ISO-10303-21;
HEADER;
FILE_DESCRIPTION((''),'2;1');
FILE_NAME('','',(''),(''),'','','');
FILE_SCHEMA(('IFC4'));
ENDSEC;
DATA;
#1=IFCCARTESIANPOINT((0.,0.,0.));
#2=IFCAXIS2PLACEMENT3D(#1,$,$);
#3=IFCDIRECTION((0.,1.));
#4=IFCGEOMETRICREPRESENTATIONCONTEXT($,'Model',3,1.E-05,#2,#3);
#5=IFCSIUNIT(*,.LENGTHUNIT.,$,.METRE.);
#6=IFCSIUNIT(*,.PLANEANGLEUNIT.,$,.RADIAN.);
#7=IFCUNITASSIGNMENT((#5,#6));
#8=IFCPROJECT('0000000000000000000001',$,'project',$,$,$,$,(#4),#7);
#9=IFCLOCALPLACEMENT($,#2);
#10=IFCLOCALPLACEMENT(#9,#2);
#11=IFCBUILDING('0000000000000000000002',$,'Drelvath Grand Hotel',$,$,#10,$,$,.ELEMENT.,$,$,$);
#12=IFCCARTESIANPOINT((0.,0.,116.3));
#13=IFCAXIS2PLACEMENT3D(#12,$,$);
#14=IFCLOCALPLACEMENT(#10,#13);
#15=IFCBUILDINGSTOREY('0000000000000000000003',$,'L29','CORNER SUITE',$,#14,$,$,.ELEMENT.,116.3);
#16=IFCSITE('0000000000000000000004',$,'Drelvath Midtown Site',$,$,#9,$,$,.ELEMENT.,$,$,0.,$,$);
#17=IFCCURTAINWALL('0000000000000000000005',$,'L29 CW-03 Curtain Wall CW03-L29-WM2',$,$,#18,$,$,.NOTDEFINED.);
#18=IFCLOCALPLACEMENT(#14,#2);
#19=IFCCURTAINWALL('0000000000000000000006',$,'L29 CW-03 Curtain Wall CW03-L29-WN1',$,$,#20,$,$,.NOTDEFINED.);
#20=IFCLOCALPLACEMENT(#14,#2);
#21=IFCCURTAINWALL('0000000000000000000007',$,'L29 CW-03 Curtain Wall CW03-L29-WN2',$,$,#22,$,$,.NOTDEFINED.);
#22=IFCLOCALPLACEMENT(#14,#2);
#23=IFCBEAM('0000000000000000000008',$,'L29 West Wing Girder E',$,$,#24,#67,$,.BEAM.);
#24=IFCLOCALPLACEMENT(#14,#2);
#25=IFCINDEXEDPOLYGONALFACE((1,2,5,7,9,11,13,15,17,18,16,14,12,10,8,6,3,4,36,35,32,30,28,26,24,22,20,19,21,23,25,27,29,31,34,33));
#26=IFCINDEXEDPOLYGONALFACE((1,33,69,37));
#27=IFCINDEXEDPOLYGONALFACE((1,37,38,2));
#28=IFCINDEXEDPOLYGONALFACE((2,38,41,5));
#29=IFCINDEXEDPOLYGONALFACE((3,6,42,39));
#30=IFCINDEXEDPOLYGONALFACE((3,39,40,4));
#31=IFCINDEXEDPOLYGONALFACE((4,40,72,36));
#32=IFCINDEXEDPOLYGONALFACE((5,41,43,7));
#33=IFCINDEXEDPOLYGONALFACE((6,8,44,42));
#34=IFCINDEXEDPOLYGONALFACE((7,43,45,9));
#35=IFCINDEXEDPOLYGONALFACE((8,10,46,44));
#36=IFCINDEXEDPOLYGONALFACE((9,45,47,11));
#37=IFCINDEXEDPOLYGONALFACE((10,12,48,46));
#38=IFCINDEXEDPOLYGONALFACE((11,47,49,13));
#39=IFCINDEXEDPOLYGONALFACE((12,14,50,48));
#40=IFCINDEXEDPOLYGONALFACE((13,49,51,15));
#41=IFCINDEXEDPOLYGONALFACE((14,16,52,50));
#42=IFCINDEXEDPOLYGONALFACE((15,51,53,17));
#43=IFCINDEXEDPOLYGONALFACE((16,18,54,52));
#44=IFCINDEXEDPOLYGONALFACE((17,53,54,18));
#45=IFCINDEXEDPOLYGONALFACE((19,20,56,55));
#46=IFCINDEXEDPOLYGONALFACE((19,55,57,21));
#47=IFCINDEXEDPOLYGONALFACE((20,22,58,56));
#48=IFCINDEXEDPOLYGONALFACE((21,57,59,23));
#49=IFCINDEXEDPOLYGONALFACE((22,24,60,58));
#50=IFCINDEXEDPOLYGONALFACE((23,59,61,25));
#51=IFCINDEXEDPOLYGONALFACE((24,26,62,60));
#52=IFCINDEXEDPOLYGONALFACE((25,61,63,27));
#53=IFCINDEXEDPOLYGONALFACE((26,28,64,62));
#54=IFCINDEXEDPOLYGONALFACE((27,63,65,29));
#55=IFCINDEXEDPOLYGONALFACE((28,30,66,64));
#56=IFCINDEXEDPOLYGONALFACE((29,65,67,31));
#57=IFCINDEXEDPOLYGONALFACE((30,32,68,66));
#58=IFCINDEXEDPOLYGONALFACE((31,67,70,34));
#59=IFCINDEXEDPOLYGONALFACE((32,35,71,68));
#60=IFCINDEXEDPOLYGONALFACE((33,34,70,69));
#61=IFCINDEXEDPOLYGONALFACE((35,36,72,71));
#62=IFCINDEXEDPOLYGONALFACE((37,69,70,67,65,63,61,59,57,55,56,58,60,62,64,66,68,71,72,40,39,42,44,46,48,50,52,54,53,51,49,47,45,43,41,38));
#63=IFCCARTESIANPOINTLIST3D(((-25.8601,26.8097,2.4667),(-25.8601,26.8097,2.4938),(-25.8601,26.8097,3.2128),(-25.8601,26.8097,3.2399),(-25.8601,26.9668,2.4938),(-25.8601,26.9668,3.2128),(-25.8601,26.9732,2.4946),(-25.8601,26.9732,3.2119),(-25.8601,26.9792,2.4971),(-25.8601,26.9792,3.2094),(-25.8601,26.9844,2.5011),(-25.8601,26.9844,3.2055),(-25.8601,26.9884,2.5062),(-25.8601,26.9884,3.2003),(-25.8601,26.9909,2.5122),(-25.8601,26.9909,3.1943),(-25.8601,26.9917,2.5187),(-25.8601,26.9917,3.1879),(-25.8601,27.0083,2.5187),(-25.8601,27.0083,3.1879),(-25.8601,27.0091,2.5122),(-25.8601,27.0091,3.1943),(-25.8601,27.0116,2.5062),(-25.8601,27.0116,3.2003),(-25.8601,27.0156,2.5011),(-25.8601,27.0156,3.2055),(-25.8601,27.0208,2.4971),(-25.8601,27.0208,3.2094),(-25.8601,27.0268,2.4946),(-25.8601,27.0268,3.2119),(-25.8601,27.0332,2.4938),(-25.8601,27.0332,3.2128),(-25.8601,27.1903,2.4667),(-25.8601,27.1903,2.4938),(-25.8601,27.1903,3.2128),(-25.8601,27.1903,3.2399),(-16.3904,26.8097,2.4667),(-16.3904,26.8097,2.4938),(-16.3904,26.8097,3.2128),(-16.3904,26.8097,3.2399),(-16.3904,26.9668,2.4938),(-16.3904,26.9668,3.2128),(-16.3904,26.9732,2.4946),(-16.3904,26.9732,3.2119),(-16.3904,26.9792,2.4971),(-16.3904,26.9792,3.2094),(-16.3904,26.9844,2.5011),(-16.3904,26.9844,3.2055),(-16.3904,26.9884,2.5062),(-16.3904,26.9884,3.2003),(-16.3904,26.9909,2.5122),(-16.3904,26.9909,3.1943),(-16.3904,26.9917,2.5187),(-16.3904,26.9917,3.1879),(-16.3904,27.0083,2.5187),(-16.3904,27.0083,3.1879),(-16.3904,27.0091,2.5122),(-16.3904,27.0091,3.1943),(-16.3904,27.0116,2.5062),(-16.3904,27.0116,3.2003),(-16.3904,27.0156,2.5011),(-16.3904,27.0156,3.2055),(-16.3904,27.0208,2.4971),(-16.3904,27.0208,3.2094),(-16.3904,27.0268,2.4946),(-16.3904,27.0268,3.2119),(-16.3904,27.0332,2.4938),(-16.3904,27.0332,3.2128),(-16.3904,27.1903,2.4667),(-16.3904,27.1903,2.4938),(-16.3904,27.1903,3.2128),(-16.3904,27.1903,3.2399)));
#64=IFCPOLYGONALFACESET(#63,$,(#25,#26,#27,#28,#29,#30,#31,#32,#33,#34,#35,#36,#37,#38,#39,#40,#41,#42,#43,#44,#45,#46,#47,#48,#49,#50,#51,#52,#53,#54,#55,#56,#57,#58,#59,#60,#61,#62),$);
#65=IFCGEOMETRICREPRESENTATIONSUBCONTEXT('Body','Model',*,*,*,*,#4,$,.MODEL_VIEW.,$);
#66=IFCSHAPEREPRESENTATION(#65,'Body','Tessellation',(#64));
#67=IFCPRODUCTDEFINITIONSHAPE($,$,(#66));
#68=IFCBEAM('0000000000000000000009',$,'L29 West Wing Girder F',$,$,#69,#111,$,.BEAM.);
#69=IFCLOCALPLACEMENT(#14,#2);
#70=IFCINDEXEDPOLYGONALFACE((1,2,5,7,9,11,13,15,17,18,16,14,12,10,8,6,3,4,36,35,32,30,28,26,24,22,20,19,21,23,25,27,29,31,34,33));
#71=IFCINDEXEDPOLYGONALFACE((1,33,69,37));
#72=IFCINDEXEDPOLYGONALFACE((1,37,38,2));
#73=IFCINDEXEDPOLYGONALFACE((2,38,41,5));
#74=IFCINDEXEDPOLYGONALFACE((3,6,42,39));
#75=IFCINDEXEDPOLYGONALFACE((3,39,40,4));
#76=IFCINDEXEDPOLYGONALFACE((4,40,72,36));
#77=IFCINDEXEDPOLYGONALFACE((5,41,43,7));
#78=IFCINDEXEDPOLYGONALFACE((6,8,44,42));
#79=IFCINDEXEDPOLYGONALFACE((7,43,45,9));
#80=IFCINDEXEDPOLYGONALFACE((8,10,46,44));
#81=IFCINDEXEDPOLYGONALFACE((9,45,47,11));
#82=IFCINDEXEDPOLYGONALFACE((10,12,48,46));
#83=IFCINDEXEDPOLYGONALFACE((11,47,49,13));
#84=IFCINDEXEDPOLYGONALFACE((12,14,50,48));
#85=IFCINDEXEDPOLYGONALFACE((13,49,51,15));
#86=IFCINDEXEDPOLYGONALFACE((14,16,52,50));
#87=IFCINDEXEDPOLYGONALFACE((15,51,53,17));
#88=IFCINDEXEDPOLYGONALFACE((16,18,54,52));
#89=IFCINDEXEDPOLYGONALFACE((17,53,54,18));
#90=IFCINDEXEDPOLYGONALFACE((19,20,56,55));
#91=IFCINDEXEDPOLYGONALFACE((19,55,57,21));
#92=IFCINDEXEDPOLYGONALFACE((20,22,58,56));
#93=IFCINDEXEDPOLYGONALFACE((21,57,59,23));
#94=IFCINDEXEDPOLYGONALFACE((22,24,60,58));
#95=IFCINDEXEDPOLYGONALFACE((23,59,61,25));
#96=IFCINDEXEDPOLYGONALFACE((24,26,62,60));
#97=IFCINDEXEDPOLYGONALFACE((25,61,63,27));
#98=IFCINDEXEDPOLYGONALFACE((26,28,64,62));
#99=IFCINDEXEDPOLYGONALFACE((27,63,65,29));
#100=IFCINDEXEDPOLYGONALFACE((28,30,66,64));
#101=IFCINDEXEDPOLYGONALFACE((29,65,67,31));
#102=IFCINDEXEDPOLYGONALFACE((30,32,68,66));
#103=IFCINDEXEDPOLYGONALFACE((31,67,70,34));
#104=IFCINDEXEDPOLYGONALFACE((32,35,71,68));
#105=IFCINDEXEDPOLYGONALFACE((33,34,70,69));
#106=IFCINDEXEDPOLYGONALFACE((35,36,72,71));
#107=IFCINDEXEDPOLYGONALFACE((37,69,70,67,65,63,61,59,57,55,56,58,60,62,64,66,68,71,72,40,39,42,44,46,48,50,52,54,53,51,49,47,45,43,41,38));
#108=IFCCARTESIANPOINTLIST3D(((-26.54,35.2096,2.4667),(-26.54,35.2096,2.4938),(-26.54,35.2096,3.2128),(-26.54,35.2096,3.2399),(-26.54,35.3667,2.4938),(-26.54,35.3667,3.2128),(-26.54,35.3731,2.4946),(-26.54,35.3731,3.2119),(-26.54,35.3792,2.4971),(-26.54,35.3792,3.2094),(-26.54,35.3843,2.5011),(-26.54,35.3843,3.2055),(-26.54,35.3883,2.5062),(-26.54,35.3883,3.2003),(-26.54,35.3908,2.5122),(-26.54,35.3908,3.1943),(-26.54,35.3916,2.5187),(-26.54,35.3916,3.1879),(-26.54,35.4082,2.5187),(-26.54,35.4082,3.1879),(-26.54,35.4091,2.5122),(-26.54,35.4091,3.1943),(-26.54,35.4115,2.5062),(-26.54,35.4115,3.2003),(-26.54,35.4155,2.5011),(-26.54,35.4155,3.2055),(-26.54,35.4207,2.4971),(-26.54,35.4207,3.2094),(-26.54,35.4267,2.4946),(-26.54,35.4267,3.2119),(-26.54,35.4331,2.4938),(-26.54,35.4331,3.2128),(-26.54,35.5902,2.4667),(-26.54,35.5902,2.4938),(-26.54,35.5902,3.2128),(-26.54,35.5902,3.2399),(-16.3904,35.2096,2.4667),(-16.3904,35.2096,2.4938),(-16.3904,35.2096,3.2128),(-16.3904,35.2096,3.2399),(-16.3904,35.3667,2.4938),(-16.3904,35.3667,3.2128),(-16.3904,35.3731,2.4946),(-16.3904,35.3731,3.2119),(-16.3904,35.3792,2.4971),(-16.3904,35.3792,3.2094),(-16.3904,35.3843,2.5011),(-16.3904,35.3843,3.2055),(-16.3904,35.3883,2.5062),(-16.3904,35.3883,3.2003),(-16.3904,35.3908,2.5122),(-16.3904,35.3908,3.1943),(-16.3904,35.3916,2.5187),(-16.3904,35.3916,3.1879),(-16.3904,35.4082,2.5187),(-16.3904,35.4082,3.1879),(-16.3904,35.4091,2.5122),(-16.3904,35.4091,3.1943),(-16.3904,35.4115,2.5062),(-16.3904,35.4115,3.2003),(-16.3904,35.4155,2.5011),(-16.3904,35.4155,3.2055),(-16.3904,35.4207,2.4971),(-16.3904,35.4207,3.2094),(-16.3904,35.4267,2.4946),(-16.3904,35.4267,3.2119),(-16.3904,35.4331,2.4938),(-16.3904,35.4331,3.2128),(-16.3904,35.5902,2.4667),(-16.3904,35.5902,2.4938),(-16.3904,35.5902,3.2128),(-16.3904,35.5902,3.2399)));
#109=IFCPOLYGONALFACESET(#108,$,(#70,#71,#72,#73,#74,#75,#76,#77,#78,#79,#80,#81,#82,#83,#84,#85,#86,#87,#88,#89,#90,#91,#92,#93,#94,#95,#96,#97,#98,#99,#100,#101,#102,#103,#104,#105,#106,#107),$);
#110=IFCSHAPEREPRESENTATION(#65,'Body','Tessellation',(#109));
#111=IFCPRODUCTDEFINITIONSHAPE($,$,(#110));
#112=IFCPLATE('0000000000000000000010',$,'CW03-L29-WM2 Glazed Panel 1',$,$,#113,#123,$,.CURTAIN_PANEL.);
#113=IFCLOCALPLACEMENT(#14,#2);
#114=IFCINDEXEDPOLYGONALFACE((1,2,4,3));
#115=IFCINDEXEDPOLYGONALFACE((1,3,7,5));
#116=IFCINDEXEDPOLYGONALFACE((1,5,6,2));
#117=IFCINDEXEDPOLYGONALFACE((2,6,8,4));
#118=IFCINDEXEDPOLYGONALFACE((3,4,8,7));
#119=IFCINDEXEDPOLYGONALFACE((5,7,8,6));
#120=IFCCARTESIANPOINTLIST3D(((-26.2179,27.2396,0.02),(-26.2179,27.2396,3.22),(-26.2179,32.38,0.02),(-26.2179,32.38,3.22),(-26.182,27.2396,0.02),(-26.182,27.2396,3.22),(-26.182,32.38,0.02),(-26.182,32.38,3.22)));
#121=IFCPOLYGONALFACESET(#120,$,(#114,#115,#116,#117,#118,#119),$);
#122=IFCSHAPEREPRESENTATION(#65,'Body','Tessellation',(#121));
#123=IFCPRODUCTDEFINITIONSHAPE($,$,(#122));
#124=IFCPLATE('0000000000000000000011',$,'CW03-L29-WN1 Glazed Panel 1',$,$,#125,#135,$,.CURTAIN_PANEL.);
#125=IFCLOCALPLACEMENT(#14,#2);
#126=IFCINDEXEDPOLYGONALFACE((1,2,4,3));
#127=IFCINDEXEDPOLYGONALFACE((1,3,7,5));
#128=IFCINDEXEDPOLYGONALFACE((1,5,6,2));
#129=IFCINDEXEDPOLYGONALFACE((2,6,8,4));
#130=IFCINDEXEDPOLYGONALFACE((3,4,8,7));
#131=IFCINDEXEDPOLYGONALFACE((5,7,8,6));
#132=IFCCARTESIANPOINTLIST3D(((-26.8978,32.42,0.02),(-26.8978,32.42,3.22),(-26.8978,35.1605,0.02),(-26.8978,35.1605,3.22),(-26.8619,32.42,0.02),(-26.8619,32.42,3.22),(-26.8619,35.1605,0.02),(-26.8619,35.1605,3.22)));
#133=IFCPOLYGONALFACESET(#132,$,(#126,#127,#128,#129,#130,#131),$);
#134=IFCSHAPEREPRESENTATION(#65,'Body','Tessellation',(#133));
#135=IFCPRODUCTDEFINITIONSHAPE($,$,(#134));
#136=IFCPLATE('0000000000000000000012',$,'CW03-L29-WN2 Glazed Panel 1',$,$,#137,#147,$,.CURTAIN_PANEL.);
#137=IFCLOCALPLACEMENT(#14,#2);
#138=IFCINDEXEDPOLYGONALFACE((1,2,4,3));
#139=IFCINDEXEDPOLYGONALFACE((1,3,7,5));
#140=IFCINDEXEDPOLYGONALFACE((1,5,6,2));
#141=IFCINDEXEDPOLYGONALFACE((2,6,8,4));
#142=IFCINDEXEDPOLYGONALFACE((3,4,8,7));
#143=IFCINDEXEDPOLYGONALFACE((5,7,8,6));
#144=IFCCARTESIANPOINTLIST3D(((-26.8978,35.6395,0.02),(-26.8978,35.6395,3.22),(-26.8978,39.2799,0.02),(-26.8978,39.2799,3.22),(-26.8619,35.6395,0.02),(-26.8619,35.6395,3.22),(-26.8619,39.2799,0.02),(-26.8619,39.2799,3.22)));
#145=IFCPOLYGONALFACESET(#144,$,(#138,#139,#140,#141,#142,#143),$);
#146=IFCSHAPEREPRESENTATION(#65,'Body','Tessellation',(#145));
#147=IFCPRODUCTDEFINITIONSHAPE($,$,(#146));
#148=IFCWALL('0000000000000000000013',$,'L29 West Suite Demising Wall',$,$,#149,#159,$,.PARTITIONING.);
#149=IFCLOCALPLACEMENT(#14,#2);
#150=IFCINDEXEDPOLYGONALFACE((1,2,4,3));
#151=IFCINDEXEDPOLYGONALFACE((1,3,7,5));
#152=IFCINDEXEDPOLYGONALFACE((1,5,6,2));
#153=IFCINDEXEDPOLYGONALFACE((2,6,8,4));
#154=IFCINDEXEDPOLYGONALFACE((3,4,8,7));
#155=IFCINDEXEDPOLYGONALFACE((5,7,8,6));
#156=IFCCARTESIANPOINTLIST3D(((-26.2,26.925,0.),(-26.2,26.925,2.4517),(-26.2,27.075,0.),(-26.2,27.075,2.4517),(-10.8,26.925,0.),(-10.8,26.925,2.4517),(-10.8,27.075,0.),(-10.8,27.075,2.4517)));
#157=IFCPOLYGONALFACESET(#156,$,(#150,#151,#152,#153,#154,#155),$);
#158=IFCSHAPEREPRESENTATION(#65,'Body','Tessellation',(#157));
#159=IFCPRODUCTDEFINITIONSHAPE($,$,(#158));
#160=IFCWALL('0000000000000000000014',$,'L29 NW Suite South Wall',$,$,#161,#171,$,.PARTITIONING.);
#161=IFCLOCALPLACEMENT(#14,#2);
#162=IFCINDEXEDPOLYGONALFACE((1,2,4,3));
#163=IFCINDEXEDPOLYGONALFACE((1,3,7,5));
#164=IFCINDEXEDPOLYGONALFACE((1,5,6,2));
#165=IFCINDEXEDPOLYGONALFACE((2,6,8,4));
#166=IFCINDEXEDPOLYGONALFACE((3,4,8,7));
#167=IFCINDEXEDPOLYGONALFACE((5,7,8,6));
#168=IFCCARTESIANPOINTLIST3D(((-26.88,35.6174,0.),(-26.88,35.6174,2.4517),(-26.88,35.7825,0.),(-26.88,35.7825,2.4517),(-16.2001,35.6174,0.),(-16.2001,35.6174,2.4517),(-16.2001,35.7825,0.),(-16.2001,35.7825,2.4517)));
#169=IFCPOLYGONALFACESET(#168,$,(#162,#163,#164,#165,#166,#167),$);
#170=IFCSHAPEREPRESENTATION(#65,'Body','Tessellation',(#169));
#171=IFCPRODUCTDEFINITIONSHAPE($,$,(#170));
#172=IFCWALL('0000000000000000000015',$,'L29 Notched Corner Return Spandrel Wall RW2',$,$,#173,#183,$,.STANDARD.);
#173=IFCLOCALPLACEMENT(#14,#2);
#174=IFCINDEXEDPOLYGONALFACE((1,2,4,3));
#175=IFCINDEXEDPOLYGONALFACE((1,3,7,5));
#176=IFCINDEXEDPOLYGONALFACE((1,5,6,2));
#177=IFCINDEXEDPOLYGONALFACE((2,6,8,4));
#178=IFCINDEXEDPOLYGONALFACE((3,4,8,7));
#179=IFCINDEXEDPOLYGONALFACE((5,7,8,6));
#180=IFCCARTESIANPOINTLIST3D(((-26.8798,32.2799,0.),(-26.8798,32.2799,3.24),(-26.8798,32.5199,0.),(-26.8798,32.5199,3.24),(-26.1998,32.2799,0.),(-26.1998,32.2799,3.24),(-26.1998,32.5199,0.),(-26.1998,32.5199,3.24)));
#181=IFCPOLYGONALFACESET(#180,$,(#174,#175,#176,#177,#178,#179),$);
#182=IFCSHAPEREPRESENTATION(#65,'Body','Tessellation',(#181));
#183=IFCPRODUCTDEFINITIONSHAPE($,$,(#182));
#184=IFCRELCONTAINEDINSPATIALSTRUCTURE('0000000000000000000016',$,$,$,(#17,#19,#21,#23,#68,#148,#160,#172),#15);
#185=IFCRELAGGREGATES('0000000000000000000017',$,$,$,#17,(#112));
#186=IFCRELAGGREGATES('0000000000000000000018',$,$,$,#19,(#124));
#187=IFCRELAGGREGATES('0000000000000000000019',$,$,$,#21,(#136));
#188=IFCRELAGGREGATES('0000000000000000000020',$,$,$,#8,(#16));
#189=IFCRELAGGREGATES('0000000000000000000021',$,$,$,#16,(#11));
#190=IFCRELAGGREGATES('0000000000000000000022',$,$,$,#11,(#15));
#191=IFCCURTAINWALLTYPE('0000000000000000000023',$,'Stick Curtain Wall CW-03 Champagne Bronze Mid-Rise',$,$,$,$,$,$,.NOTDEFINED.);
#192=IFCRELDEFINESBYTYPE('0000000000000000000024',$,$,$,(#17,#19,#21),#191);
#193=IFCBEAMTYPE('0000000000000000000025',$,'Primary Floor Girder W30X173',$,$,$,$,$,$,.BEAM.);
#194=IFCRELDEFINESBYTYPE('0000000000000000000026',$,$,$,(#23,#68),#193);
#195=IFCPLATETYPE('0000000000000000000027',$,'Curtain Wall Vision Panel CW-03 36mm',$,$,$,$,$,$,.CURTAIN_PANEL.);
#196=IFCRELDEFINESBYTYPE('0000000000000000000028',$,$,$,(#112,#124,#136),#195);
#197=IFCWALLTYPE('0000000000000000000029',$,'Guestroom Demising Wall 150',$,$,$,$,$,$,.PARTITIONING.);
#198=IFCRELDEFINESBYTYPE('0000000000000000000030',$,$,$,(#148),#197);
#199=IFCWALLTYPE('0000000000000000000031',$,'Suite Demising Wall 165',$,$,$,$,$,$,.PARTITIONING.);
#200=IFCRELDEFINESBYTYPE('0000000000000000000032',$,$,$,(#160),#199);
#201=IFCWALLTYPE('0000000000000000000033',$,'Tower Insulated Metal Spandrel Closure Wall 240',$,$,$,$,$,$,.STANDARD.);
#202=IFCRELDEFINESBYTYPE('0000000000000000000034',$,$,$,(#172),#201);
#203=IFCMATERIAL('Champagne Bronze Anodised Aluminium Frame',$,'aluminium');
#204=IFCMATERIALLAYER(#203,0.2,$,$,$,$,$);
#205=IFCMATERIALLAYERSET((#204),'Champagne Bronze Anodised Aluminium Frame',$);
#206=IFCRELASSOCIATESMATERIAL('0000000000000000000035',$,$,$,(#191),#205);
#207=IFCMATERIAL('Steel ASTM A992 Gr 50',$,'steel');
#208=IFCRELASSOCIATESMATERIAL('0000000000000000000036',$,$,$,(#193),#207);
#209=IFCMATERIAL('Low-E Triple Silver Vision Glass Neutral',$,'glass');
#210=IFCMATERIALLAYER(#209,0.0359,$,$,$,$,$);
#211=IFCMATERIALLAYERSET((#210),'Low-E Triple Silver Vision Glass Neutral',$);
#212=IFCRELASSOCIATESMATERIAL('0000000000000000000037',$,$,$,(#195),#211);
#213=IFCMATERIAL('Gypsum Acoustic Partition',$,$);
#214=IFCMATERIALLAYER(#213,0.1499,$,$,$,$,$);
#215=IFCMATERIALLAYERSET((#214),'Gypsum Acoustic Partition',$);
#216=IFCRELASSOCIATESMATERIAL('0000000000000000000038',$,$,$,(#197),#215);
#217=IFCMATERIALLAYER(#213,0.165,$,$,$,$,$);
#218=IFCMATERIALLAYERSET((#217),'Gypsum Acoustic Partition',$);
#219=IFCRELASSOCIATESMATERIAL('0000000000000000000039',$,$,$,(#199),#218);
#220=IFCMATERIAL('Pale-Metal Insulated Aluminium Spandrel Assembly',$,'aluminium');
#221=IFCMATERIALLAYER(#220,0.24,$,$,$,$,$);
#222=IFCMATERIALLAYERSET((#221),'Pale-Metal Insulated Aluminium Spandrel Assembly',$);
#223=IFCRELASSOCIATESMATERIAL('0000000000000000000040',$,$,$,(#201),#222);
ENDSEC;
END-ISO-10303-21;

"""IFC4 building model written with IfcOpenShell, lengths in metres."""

from ifc_helpers import new_model, si_unit, direction, frame, frame_2d, origin, origin_2d, place, context, subcontext, project, spatial, rectangle, i_section, extrude, material, layer, layer_set, material_profile, profile_set, type_object, element, aggregate, save


model = new_model("IFC4")

# Units and contexts
model_context = context("Model", 3, precision=1e-05, world=origin(), true_north=direction((0.0, 1.0)))
body_context = subcontext(model_context, "Body", "Model", "MODEL_VIEW")
ifc_project = project(units=[si_unit("LENGTHUNIT", "METRE"), si_unit("PLANEANGLEUNIT", "RADIAN")], contexts=[model_context])

# Site, building, storey
site_placement = place(None, origin())
site = spatial("IfcSite", under=ifc_project, at=site_placement, Name="Drelvath Midtown Site", CompositionType="ELEMENT", RefElevation=0.0)
building_placement = place(site_placement, origin())
building = spatial("IfcBuilding", under=site, at=building_placement, Name="Drelvath Grand Hotel", CompositionType="ELEMENT")
storey_placement = place(building_placement, frame((0.0, 0.0, 116.3)))
storey = spatial("IfcBuildingStorey", under=building, at=storey_placement, Name="L29", Description="CORNER SUITE", CompositionType="ELEMENT", Elevation=116.3)

# Curtain walls
ifc_material_1 = material(Name="Champagne Bronze Anodised Aluminium Frame", Category="aluminium")
ifc_layer_1 = layer(ifc_material_1, 0.2)
ifc_layer_set_1 = layer_set([ifc_layer_1], Name="Champagne Bronze Anodised Aluminium Frame")
curtain_wall_type = type_object("IfcCurtainWallType", Name="Stick Curtain Wall CW-03 Champagne Bronze Mid-Rise", PredefinedType="NOTDEFINED", material=ifc_layer_set_1)
curtain_wall_1_placement = place(storey_placement, origin())
curtain_wall_1 = element("IfcCurtainWall", 1, at=curtain_wall_1_placement, inside=storey, type_object=curtain_wall_type, Name="L29 CW-03 Curtain Wall CW03-L29-WM2", PredefinedType="NOTDEFINED")
curtain_wall_2_placement = place(storey_placement, origin())
curtain_wall_2 = element("IfcCurtainWall", 2, at=curtain_wall_2_placement, inside=storey, type_object=curtain_wall_type, Name="L29 CW-03 Curtain Wall CW03-L29-WN1", PredefinedType="NOTDEFINED")
curtain_wall_3_placement = place(storey_placement, origin())
curtain_wall_3 = element("IfcCurtainWall", 3, at=curtain_wall_3_placement, inside=storey, type_object=curtain_wall_type, Name="L29 CW-03 Curtain Wall CW03-L29-WN2", PredefinedType="NOTDEFINED")

# Beams
ifc_material_2 = material(Name="Steel ASTM A992 Gr 50", Category="steel")
ifc_material_profile_1 = material_profile(ifc_material_2, i_section(OverallWidth=0.3806, OverallDepth=0.7732, WebThickness=0.0166, FlangeThickness=0.0271, FilletRadius=0.0249, at=origin_2d()), Name="W30X173")
ifc_profile_set_1 = profile_set([ifc_material_profile_1], Name="Steel ASTM A992 Gr 50")
beam_type_1 = type_object("IfcBeamType", Name="Primary Floor Girder W30X173", PredefinedType="BEAM", material=ifc_profile_set_1)
beam_1_placement = place(storey_placement, frame((-25.8601, 27.0, 2.8533), z_axis=(1.0, 0.0, 0.0), x_axis=(0.0, 1.0, 0.0)))
element("IfcBeam", 4, at=beam_1_placement, inside=storey, type_object=beam_type_1, Name="L29 West Wing Girder E", PredefinedType="BEAM", context=body_context, shape_type="SweptSolid", body=[
    extrude(i_section(OverallWidth=0.3806, OverallDepth=0.7732, WebThickness=0.0166, FlangeThickness=0.0271, FilletRadius=0.0249, at=origin_2d()), origin(), (0.0, 0.0, 1.0), 9.4697),
])
beam_2_placement = place(storey_placement, frame((-26.54, 35.3999, 2.8533), z_axis=(1.0, 0.0, 0.0), x_axis=(0.0, 1.0, 0.0)))
element("IfcBeam", 5, at=beam_2_placement, inside=storey, type_object=beam_type_1, Name="L29 West Wing Girder F", PredefinedType="BEAM", context=body_context, shape_type="SweptSolid", body=[
    extrude(i_section(OverallWidth=0.3806, OverallDepth=0.7732, WebThickness=0.0166, FlangeThickness=0.0271, FilletRadius=0.0249, at=origin_2d()), origin(), (0.0, 0.0, 1.0), 10.1497),
])

# Plates
ifc_material_3 = material(Name="Low-E Triple Silver Vision Glass Neutral", Category="glass")
ifc_layer_2 = layer(ifc_material_3, 0.0359)
ifc_layer_set_2 = layer_set([ifc_layer_2], Name="Low-E Triple Silver Vision Glass Neutral")
plate_type = type_object("IfcPlateType", Name="Curtain Wall Vision Panel CW-03 36mm", PredefinedType="CURTAIN_PANEL", material=ifc_layer_set_2)
plate_1_placement = place(storey_placement, frame((-26.2, 29.8098, 0.02), z_axis=(0.0, 0.0, 1.0), x_axis=(0.0, 1.0, 0.0)))
plate_1 = element("IfcPlate", 6, at=plate_1_placement, type_object=plate_type, Name="CW03-L29-WM2 Glazed Panel 1", PredefinedType="CURTAIN_PANEL", context=body_context, shape_type="SweptSolid", body=[
    extrude(rectangle(XDim=5.1404, YDim=0.0359, at=origin_2d()), origin(), (0.0, 0.0, 1.0), 3.2),
])
aggregate(curtain_wall_1, [plate_1])
plate_2_placement = place(storey_placement, frame((-26.8799, 33.7903, 0.02), z_axis=(0.0, 0.0, 1.0), x_axis=(0.0, 1.0, 0.0)))
plate_2 = element("IfcPlate", 7, at=plate_2_placement, type_object=plate_type, Name="CW03-L29-WN1 Glazed Panel 1", PredefinedType="CURTAIN_PANEL", context=body_context, shape_type="SweptSolid", body=[
    extrude(rectangle(XDim=2.7405, YDim=0.0359, at=origin_2d()), origin(), (0.0, 0.0, 1.0), 3.2),
])
aggregate(curtain_wall_2, [plate_2])
plate_3_placement = place(storey_placement, frame((-26.8799, 37.4597, 0.02), z_axis=(0.0, 0.0, 1.0), x_axis=(0.0, 1.0, 0.0)))
plate_3 = element("IfcPlate", 8, at=plate_3_placement, type_object=plate_type, Name="CW03-L29-WN2 Glazed Panel 1", PredefinedType="CURTAIN_PANEL", context=body_context, shape_type="SweptSolid", body=[
    extrude(rectangle(XDim=3.6404, YDim=0.0359, at=origin_2d()), origin(), (0.0, 0.0, 1.0), 3.2),
])
aggregate(curtain_wall_3, [plate_3])

# Walls
ifc_material_4 = material(Name="Gypsum Acoustic Partition")
ifc_layer_3 = layer(ifc_material_4, 0.1499)
ifc_layer_set_3 = layer_set([ifc_layer_3], Name="Gypsum Acoustic Partition")
wall_type_1 = type_object("IfcWallType", Name="Guestroom Demising Wall 150", PredefinedType="PARTITIONING", material=ifc_layer_set_3)
wall_1_placement = place(storey_placement, frame((-26.2, 27.0, 0.0), z_axis=(0.0, 0.0, 1.0), x_axis=(1.0, 0.0, 0.0)))
element("IfcWall", 9, at=wall_1_placement, inside=storey, type_object=wall_type_1, Name="L29 West Suite Demising Wall", PredefinedType="PARTITIONING", context=body_context, shape_type="SweptSolid", body=[
    extrude(rectangle(XDim=15.3999, YDim=0.1499, at=frame_2d((7.7, 0.0))), origin(), (0.0, 0.0, 1.0), 2.4517),
])
ifc_layer_4 = layer(ifc_material_4, 0.165)
ifc_layer_set_4 = layer_set([ifc_layer_4], Name="Gypsum Acoustic Partition")
wall_type_2 = type_object("IfcWallType", Name="Suite Demising Wall 165", PredefinedType="PARTITIONING", material=ifc_layer_set_4)
wall_2_placement = place(storey_placement, frame((-26.8799, 35.7, 0.0), z_axis=(0.0, 0.0, 1.0), x_axis=(1.0, 0.0, 0.0)))
element("IfcWall", 10, at=wall_2_placement, inside=storey, type_object=wall_type_2, Name="L29 NW Suite South Wall", PredefinedType="PARTITIONING", context=body_context, shape_type="SweptSolid", body=[
    extrude(rectangle(XDim=10.6799, YDim=0.165, at=frame_2d((5.3398, 0.0))), origin(), (0.0, 0.0, 1.0), 2.4517),
])
ifc_material_5 = material(Name="Pale-Metal Insulated Aluminium Spandrel Assembly", Category="aluminium")
ifc_layer_5 = layer(ifc_material_5, 0.24)
ifc_layer_set_5 = layer_set([ifc_layer_5], Name="Pale-Metal Insulated Aluminium Spandrel Assembly")
wall_type_3 = type_object("IfcWallType", Name="Tower Insulated Metal Spandrel Closure Wall 240", PredefinedType="STANDARD", material=ifc_layer_set_5)
wall_3_placement = place(storey_placement, frame((-26.2, 32.3999, 0.0), z_axis=(0.0, 0.0, 1.0), x_axis=(-1.0, 0.0, 0.0)))
element("IfcWall", 11, at=wall_3_placement, inside=storey, type_object=wall_type_3, Name="L29 Notched Corner Return Spandrel Wall RW2", PredefinedType="STANDARD", context=body_context, shape_type="SweptSolid", body=[
    extrude(rectangle(XDim=0.6799, YDim=0.24, at=frame_2d((0.3398, 0.0))), origin(), (0.0, 0.0, 1.0), 3.24),
])

save(model, "model.ifc")
